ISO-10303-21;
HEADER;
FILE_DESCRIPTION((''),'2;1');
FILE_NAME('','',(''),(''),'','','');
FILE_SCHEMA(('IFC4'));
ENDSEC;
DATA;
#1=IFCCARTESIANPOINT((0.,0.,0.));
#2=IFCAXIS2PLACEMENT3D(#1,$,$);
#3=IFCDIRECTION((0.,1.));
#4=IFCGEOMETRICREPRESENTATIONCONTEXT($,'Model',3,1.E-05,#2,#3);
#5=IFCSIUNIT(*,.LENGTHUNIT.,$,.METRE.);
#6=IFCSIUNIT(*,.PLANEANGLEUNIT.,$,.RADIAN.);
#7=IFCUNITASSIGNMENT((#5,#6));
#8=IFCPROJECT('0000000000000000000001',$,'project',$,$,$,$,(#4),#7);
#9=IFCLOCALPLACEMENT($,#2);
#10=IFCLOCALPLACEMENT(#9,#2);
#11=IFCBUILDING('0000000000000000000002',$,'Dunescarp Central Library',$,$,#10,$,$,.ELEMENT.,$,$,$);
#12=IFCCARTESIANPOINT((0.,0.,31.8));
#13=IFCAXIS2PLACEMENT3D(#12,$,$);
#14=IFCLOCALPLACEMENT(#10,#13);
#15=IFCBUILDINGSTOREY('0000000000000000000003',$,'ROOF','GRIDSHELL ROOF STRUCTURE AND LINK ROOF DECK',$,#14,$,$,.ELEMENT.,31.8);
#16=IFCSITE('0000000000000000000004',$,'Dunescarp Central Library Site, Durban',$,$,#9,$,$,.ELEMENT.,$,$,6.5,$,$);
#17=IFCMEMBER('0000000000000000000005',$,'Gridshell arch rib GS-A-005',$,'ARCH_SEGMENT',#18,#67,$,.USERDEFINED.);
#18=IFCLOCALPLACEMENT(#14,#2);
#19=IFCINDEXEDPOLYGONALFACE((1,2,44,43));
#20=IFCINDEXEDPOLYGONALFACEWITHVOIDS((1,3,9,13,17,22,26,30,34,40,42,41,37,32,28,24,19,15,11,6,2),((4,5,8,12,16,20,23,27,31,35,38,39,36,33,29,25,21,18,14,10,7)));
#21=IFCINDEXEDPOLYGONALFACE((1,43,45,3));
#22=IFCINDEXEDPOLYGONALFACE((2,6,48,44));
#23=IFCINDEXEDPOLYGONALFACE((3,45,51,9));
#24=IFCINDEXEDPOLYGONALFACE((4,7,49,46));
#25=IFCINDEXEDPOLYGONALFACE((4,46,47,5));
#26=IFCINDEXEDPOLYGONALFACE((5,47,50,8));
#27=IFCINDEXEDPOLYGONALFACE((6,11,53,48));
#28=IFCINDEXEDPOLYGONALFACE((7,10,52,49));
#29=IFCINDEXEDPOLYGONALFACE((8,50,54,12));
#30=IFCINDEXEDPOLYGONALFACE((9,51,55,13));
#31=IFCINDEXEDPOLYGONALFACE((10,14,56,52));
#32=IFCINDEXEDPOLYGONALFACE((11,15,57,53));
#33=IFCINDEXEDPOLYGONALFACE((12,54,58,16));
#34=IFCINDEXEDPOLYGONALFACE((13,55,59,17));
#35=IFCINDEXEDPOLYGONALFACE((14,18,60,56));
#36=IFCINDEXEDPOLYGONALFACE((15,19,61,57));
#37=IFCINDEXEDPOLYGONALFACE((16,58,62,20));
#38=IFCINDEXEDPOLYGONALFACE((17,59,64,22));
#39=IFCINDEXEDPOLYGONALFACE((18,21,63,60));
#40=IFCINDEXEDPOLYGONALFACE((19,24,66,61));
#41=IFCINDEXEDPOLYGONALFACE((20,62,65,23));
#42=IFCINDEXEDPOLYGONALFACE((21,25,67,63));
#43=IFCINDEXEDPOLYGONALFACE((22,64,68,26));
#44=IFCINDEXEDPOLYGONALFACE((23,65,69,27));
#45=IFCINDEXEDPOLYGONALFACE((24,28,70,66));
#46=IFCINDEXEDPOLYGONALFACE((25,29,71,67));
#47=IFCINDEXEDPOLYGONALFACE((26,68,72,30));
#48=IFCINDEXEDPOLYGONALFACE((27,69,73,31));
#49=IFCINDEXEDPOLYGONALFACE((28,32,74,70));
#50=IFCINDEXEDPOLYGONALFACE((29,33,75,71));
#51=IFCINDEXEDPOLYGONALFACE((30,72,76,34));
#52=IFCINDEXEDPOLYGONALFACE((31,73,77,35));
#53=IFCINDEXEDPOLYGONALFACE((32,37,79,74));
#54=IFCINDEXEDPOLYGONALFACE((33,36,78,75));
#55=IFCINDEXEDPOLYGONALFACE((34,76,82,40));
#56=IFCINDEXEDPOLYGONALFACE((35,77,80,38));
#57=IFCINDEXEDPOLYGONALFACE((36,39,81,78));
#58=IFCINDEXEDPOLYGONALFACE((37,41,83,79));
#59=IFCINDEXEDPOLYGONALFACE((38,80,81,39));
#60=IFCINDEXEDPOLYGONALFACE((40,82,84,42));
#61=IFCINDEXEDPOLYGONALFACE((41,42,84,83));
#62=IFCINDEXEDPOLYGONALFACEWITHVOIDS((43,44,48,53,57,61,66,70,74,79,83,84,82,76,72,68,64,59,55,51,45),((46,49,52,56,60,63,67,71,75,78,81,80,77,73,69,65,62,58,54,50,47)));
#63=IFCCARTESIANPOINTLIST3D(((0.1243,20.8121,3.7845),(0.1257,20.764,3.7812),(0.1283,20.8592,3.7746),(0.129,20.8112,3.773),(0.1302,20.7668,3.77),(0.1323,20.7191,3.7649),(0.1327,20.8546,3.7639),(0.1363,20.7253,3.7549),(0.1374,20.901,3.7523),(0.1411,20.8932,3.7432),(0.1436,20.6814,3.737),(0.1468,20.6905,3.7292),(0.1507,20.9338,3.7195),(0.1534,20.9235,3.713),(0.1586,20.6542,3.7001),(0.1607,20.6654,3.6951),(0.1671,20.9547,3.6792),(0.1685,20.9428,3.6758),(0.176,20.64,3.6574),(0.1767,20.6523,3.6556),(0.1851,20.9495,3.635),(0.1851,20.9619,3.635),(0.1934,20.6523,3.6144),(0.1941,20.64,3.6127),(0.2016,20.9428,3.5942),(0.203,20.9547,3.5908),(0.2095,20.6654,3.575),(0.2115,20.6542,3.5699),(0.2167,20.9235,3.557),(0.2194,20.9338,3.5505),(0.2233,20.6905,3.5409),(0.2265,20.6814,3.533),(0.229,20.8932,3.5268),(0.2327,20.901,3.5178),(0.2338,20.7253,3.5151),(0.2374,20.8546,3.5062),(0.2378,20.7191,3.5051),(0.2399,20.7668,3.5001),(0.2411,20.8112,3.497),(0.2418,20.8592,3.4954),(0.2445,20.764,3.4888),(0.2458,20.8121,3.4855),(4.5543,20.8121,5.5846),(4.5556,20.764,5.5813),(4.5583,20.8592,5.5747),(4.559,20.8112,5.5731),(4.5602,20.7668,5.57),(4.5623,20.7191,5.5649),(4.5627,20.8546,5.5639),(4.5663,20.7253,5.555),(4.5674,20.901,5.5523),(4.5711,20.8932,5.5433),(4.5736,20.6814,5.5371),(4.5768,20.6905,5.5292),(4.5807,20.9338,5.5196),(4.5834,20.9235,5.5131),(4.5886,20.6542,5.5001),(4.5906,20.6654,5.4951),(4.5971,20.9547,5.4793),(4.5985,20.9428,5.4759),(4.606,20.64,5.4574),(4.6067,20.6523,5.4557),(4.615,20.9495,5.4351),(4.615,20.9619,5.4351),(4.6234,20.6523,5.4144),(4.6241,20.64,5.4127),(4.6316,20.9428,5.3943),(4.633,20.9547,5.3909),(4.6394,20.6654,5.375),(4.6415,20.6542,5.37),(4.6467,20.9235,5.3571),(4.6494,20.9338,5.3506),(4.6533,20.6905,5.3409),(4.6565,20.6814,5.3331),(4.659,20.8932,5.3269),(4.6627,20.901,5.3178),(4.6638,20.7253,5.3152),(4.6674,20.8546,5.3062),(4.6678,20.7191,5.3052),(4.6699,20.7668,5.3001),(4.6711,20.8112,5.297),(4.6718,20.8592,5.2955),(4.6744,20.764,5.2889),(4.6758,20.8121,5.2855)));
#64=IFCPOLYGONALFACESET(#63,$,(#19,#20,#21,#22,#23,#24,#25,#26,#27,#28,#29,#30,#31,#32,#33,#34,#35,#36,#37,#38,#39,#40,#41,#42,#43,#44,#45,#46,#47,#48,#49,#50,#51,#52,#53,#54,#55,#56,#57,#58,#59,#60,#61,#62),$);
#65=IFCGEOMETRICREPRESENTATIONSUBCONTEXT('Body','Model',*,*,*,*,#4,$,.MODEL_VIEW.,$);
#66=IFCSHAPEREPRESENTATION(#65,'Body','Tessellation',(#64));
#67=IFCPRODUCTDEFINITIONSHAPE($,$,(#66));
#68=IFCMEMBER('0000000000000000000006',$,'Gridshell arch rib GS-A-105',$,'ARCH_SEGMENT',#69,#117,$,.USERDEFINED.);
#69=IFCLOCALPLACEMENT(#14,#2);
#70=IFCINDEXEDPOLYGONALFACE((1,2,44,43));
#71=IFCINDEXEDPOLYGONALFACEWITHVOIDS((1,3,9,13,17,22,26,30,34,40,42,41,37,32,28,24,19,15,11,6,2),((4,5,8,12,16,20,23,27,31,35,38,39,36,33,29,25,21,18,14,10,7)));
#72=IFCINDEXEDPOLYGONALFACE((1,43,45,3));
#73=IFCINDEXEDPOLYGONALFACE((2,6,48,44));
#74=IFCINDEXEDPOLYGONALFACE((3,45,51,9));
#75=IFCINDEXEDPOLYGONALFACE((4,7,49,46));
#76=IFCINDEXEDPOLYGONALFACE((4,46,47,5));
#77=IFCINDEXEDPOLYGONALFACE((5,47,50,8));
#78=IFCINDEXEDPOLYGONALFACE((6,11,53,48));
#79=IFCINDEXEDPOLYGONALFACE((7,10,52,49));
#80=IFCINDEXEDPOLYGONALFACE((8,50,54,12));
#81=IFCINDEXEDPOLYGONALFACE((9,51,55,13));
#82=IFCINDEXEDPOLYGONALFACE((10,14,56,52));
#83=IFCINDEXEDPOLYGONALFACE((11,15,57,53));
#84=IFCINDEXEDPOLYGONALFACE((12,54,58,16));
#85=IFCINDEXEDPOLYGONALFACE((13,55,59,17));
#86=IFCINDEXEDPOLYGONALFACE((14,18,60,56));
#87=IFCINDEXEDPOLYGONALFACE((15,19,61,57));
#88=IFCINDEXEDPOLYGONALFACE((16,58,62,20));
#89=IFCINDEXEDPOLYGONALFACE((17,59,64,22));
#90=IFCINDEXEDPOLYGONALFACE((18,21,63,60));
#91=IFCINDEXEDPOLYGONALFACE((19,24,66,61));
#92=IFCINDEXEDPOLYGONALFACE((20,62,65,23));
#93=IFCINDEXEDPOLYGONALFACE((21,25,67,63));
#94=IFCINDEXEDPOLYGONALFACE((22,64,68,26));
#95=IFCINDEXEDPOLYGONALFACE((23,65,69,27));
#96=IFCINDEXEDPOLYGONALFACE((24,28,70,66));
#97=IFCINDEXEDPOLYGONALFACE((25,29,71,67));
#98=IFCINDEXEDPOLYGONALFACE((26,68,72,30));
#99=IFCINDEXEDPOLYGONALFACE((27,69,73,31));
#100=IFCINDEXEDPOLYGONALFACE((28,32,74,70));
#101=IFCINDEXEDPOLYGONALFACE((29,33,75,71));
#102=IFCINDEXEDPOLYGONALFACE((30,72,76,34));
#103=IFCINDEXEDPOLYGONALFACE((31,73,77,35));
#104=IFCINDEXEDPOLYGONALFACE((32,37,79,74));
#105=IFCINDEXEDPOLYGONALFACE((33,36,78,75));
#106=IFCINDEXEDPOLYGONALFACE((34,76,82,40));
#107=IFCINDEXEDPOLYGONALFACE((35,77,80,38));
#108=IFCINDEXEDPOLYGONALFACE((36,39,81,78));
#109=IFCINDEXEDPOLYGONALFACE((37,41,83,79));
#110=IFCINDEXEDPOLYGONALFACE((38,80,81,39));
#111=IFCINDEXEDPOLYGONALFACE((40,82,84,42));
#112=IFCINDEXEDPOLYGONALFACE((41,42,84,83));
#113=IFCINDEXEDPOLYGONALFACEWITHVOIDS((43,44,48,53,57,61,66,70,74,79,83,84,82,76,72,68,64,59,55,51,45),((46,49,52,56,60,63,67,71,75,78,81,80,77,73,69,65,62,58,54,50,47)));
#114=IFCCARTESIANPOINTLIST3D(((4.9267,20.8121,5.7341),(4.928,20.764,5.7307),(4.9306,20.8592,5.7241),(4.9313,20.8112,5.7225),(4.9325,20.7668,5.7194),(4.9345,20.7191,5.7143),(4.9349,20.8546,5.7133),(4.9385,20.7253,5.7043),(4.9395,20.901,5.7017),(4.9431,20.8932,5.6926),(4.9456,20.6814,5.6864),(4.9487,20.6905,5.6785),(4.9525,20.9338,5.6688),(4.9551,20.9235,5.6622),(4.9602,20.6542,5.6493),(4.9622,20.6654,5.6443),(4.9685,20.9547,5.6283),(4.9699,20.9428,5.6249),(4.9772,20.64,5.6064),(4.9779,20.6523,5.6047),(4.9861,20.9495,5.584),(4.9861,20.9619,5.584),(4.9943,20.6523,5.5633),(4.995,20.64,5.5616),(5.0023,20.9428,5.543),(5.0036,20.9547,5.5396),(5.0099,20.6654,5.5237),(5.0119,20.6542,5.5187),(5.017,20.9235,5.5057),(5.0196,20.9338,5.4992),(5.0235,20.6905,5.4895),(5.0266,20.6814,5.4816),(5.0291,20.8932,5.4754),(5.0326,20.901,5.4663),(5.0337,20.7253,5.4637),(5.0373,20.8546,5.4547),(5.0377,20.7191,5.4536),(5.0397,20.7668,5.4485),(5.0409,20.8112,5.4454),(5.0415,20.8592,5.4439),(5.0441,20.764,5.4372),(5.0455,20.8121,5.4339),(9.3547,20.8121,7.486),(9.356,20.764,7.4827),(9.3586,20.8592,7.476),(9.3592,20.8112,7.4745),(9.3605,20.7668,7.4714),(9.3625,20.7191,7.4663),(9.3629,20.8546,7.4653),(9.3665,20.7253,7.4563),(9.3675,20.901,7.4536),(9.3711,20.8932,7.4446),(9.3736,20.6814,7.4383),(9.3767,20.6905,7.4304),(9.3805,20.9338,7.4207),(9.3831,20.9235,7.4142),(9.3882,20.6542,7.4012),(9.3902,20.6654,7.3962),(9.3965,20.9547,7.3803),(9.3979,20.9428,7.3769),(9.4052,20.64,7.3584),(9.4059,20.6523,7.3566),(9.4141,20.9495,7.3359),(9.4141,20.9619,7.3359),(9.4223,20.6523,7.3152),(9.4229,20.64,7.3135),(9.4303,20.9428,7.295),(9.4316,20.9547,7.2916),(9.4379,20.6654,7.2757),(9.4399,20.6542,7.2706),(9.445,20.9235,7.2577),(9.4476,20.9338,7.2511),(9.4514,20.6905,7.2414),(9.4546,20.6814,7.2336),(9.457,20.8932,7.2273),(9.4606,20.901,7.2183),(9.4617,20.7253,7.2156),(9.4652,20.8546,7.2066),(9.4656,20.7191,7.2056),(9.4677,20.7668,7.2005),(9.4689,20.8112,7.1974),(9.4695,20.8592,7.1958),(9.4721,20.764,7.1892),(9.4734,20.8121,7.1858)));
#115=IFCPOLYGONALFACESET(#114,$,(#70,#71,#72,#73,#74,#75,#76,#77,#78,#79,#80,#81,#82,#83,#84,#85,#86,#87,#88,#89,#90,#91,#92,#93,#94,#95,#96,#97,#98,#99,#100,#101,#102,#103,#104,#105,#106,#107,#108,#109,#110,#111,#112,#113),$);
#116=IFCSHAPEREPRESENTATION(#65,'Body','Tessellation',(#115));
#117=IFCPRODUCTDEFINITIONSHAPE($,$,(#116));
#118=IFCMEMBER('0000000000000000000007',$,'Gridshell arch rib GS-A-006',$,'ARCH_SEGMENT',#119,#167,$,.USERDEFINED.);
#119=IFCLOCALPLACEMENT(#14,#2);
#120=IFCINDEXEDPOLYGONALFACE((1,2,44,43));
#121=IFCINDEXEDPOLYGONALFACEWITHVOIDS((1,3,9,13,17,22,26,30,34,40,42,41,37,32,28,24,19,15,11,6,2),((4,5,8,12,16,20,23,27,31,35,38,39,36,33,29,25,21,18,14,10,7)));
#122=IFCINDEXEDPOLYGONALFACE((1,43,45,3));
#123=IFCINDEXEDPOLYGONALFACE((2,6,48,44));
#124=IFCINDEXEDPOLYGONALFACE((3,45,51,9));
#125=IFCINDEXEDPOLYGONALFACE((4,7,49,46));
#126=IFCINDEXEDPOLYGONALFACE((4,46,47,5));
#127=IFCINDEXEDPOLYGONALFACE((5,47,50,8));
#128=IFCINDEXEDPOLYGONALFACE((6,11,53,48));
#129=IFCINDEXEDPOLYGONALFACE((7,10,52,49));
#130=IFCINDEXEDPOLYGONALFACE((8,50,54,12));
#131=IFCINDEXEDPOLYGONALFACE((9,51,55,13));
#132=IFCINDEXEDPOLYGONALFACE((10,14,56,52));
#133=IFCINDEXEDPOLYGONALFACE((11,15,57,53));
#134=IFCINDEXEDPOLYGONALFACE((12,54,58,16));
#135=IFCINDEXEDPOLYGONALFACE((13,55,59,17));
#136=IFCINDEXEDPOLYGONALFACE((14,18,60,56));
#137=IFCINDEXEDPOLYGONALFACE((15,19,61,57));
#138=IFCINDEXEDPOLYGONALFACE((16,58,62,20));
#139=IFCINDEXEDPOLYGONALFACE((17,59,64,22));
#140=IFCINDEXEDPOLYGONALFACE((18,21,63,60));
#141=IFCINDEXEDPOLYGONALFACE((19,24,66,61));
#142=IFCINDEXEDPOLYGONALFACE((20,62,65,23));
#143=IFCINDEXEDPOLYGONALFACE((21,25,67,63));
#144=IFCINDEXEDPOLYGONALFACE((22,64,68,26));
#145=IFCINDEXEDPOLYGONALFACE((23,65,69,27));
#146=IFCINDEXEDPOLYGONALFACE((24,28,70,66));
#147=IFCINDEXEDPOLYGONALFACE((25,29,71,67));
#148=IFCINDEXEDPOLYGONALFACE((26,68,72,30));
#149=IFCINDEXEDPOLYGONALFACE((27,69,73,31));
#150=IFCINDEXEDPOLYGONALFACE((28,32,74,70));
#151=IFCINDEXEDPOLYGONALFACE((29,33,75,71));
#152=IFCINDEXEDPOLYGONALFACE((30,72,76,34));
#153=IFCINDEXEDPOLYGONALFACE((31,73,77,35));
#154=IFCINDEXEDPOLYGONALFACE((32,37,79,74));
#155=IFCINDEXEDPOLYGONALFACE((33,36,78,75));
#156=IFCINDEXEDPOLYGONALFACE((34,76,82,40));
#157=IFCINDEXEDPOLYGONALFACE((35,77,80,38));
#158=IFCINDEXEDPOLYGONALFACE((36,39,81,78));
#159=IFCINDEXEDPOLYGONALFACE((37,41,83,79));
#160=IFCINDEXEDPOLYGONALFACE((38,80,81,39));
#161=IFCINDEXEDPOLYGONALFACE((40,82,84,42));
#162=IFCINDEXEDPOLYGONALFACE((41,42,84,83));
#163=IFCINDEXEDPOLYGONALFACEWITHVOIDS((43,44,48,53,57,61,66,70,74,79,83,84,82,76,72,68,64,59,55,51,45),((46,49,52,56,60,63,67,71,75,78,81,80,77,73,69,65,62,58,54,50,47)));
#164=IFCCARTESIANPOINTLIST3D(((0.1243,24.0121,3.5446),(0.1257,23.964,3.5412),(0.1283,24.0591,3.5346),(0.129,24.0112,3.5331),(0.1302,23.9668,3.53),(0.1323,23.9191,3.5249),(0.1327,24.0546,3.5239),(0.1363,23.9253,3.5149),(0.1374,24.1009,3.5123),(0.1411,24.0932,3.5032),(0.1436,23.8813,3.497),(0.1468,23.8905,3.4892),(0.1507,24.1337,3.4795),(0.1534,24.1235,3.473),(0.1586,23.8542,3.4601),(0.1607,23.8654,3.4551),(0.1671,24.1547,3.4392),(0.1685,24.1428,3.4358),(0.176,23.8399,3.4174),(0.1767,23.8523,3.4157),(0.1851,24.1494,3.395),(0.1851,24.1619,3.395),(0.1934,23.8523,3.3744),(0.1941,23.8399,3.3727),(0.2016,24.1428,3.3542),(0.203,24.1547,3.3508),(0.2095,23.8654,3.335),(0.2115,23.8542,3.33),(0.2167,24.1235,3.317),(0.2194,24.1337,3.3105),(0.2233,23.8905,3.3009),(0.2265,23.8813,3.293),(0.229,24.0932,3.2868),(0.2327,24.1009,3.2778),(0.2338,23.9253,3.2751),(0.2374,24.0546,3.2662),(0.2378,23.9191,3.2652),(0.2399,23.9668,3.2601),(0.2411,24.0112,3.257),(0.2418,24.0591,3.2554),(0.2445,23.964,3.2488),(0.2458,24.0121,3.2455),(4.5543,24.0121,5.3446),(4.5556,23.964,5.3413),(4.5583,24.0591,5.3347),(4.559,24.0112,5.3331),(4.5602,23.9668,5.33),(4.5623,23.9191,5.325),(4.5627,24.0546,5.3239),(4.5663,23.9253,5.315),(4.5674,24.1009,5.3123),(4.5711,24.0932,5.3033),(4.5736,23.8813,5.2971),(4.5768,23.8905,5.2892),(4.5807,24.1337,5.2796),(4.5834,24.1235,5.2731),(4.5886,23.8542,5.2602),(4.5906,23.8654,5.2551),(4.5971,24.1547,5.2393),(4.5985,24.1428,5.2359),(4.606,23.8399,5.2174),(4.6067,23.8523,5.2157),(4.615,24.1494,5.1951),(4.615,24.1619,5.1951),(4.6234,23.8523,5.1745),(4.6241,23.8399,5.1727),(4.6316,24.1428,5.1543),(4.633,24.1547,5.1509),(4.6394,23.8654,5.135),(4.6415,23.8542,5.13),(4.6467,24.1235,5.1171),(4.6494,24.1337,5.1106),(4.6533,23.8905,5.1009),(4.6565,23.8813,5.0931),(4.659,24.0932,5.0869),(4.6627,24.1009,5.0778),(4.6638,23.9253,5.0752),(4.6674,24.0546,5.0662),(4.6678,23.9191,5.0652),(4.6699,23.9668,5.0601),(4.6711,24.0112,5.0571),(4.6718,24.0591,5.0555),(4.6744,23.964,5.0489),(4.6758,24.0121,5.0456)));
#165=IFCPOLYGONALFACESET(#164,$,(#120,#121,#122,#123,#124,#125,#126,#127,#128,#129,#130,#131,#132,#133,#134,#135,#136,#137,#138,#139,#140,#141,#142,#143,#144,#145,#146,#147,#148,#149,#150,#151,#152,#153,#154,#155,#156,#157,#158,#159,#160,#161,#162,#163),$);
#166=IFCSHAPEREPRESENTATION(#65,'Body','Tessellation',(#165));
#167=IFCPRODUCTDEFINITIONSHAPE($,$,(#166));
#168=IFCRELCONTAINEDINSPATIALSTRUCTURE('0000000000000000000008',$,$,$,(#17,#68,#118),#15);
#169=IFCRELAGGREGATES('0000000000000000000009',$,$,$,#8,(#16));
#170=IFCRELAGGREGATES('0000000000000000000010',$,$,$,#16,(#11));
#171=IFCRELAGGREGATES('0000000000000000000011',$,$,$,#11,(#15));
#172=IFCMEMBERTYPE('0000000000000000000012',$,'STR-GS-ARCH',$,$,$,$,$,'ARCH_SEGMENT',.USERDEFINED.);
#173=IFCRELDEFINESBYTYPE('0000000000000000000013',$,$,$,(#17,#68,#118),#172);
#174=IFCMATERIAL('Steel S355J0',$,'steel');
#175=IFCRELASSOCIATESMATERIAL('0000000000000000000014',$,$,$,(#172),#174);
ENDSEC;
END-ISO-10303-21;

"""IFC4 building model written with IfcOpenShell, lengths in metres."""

from ifc_helpers import new_model, si_unit, direction, frame, origin, origin_2d, place, context, subcontext, project, spatial, hollow_circle, extrude, material, material_profile, profile_set, type_object, element, save


model = new_model("IFC4")

# Units and contexts
model_context = context("Model", 3, precision=1e-05, world=origin(), true_north=direction((0.0, 1.0)))
body_context = subcontext(model_context, "Body", "Model", "MODEL_VIEW")
ifc_project = project(units=[si_unit("LENGTHUNIT", "METRE"), si_unit("PLANEANGLEUNIT", "RADIAN")], contexts=[model_context])

# Site, building, storey
site_placement = place(None, origin())
site = spatial("IfcSite", under=ifc_project, at=site_placement, Name="Dunescarp Central Library Site, Durban", CompositionType="ELEMENT", RefElevation=6.5)
building_placement = place(site_placement, origin())
building = spatial("IfcBuilding", under=site, at=building_placement, Name="Dunescarp Central Library", CompositionType="ELEMENT")
storey_placement = place(building_placement, frame((0.0, 0.0, 31.8)))
storey = spatial("IfcBuildingStorey", under=building, at=storey_placement, Name="ROOF", Description="GRIDSHELL ROOF STRUCTURE AND LINK ROOF DECK", CompositionType="ELEMENT", Elevation=31.8)

# Members
ifc_material_1 = material(Name="Steel S355J0", Category="steel")
ifc_material_profile_1 = material_profile(ifc_material_1, hollow_circle(Radius=0.1619, WallThickness=0.0125, at=origin_2d()), Name="CHS 323.9x12.5")
ifc_profile_set_1 = profile_set([ifc_material_profile_1], Name="Steel S355J0")
member_type_1 = type_object("IfcMemberType", Name="STR-GS-ARCH", ElementType="ARCH_SEGMENT", PredefinedType="USERDEFINED", material=ifc_profile_set_1)
member_1_placement = place(storey_placement, frame((0.1851, 20.8, 3.635), z_axis=(0.926438, 0.0, 0.376447), x_axis=(0.0, 1.0, 0.0)))
element("IfcMember", 1, at=member_1_placement, inside=storey, type_object=member_type_1, Name="Gridshell arch rib GS-A-005", ObjectType="ARCH_SEGMENT", PredefinedType="USERDEFINED", context=body_context, shape_type="SweptSolid", body=[
    extrude(hollow_circle(Radius=0.1619, WallThickness=0.0125, at=origin_2d()), origin(), (0.0, 0.0, 1.0), 4.7817),
])
member_2_placement = place(storey_placement, frame((4.9861, 20.8, 5.584), z_axis=(0.929863, 0.0, 0.367905), x_axis=(0.0, 1.0, 0.0)))
element("IfcMember", 2, at=member_2_placement, inside=storey, type_object=member_type_1, Name="Gridshell arch rib GS-A-105", ObjectType="ARCH_SEGMENT", PredefinedType="USERDEFINED", context=body_context, shape_type="SweptSolid", body=[
    extrude(hollow_circle(Radius=0.1619, WallThickness=0.0125, at=origin_2d()), origin(), (0.0, 0.0, 1.0), 4.762),
])
member_3_placement = place(storey_placement, frame((0.1851, 24.0, 3.395), z_axis=(0.926438, 0.0, 0.376447), x_axis=(0.0, 1.0, 0.0)))
element("IfcMember", 3, at=member_3_placement, inside=storey, type_object=member_type_1, Name="Gridshell arch rib GS-A-006", ObjectType="ARCH_SEGMENT", PredefinedType="USERDEFINED", context=body_context, shape_type="SweptSolid", body=[
    extrude(hollow_circle(Radius=0.1619, WallThickness=0.0125, at=origin_2d()), origin(), (0.0, 0.0, 1.0), 4.7817),
])

save(model, "model.ifc")
